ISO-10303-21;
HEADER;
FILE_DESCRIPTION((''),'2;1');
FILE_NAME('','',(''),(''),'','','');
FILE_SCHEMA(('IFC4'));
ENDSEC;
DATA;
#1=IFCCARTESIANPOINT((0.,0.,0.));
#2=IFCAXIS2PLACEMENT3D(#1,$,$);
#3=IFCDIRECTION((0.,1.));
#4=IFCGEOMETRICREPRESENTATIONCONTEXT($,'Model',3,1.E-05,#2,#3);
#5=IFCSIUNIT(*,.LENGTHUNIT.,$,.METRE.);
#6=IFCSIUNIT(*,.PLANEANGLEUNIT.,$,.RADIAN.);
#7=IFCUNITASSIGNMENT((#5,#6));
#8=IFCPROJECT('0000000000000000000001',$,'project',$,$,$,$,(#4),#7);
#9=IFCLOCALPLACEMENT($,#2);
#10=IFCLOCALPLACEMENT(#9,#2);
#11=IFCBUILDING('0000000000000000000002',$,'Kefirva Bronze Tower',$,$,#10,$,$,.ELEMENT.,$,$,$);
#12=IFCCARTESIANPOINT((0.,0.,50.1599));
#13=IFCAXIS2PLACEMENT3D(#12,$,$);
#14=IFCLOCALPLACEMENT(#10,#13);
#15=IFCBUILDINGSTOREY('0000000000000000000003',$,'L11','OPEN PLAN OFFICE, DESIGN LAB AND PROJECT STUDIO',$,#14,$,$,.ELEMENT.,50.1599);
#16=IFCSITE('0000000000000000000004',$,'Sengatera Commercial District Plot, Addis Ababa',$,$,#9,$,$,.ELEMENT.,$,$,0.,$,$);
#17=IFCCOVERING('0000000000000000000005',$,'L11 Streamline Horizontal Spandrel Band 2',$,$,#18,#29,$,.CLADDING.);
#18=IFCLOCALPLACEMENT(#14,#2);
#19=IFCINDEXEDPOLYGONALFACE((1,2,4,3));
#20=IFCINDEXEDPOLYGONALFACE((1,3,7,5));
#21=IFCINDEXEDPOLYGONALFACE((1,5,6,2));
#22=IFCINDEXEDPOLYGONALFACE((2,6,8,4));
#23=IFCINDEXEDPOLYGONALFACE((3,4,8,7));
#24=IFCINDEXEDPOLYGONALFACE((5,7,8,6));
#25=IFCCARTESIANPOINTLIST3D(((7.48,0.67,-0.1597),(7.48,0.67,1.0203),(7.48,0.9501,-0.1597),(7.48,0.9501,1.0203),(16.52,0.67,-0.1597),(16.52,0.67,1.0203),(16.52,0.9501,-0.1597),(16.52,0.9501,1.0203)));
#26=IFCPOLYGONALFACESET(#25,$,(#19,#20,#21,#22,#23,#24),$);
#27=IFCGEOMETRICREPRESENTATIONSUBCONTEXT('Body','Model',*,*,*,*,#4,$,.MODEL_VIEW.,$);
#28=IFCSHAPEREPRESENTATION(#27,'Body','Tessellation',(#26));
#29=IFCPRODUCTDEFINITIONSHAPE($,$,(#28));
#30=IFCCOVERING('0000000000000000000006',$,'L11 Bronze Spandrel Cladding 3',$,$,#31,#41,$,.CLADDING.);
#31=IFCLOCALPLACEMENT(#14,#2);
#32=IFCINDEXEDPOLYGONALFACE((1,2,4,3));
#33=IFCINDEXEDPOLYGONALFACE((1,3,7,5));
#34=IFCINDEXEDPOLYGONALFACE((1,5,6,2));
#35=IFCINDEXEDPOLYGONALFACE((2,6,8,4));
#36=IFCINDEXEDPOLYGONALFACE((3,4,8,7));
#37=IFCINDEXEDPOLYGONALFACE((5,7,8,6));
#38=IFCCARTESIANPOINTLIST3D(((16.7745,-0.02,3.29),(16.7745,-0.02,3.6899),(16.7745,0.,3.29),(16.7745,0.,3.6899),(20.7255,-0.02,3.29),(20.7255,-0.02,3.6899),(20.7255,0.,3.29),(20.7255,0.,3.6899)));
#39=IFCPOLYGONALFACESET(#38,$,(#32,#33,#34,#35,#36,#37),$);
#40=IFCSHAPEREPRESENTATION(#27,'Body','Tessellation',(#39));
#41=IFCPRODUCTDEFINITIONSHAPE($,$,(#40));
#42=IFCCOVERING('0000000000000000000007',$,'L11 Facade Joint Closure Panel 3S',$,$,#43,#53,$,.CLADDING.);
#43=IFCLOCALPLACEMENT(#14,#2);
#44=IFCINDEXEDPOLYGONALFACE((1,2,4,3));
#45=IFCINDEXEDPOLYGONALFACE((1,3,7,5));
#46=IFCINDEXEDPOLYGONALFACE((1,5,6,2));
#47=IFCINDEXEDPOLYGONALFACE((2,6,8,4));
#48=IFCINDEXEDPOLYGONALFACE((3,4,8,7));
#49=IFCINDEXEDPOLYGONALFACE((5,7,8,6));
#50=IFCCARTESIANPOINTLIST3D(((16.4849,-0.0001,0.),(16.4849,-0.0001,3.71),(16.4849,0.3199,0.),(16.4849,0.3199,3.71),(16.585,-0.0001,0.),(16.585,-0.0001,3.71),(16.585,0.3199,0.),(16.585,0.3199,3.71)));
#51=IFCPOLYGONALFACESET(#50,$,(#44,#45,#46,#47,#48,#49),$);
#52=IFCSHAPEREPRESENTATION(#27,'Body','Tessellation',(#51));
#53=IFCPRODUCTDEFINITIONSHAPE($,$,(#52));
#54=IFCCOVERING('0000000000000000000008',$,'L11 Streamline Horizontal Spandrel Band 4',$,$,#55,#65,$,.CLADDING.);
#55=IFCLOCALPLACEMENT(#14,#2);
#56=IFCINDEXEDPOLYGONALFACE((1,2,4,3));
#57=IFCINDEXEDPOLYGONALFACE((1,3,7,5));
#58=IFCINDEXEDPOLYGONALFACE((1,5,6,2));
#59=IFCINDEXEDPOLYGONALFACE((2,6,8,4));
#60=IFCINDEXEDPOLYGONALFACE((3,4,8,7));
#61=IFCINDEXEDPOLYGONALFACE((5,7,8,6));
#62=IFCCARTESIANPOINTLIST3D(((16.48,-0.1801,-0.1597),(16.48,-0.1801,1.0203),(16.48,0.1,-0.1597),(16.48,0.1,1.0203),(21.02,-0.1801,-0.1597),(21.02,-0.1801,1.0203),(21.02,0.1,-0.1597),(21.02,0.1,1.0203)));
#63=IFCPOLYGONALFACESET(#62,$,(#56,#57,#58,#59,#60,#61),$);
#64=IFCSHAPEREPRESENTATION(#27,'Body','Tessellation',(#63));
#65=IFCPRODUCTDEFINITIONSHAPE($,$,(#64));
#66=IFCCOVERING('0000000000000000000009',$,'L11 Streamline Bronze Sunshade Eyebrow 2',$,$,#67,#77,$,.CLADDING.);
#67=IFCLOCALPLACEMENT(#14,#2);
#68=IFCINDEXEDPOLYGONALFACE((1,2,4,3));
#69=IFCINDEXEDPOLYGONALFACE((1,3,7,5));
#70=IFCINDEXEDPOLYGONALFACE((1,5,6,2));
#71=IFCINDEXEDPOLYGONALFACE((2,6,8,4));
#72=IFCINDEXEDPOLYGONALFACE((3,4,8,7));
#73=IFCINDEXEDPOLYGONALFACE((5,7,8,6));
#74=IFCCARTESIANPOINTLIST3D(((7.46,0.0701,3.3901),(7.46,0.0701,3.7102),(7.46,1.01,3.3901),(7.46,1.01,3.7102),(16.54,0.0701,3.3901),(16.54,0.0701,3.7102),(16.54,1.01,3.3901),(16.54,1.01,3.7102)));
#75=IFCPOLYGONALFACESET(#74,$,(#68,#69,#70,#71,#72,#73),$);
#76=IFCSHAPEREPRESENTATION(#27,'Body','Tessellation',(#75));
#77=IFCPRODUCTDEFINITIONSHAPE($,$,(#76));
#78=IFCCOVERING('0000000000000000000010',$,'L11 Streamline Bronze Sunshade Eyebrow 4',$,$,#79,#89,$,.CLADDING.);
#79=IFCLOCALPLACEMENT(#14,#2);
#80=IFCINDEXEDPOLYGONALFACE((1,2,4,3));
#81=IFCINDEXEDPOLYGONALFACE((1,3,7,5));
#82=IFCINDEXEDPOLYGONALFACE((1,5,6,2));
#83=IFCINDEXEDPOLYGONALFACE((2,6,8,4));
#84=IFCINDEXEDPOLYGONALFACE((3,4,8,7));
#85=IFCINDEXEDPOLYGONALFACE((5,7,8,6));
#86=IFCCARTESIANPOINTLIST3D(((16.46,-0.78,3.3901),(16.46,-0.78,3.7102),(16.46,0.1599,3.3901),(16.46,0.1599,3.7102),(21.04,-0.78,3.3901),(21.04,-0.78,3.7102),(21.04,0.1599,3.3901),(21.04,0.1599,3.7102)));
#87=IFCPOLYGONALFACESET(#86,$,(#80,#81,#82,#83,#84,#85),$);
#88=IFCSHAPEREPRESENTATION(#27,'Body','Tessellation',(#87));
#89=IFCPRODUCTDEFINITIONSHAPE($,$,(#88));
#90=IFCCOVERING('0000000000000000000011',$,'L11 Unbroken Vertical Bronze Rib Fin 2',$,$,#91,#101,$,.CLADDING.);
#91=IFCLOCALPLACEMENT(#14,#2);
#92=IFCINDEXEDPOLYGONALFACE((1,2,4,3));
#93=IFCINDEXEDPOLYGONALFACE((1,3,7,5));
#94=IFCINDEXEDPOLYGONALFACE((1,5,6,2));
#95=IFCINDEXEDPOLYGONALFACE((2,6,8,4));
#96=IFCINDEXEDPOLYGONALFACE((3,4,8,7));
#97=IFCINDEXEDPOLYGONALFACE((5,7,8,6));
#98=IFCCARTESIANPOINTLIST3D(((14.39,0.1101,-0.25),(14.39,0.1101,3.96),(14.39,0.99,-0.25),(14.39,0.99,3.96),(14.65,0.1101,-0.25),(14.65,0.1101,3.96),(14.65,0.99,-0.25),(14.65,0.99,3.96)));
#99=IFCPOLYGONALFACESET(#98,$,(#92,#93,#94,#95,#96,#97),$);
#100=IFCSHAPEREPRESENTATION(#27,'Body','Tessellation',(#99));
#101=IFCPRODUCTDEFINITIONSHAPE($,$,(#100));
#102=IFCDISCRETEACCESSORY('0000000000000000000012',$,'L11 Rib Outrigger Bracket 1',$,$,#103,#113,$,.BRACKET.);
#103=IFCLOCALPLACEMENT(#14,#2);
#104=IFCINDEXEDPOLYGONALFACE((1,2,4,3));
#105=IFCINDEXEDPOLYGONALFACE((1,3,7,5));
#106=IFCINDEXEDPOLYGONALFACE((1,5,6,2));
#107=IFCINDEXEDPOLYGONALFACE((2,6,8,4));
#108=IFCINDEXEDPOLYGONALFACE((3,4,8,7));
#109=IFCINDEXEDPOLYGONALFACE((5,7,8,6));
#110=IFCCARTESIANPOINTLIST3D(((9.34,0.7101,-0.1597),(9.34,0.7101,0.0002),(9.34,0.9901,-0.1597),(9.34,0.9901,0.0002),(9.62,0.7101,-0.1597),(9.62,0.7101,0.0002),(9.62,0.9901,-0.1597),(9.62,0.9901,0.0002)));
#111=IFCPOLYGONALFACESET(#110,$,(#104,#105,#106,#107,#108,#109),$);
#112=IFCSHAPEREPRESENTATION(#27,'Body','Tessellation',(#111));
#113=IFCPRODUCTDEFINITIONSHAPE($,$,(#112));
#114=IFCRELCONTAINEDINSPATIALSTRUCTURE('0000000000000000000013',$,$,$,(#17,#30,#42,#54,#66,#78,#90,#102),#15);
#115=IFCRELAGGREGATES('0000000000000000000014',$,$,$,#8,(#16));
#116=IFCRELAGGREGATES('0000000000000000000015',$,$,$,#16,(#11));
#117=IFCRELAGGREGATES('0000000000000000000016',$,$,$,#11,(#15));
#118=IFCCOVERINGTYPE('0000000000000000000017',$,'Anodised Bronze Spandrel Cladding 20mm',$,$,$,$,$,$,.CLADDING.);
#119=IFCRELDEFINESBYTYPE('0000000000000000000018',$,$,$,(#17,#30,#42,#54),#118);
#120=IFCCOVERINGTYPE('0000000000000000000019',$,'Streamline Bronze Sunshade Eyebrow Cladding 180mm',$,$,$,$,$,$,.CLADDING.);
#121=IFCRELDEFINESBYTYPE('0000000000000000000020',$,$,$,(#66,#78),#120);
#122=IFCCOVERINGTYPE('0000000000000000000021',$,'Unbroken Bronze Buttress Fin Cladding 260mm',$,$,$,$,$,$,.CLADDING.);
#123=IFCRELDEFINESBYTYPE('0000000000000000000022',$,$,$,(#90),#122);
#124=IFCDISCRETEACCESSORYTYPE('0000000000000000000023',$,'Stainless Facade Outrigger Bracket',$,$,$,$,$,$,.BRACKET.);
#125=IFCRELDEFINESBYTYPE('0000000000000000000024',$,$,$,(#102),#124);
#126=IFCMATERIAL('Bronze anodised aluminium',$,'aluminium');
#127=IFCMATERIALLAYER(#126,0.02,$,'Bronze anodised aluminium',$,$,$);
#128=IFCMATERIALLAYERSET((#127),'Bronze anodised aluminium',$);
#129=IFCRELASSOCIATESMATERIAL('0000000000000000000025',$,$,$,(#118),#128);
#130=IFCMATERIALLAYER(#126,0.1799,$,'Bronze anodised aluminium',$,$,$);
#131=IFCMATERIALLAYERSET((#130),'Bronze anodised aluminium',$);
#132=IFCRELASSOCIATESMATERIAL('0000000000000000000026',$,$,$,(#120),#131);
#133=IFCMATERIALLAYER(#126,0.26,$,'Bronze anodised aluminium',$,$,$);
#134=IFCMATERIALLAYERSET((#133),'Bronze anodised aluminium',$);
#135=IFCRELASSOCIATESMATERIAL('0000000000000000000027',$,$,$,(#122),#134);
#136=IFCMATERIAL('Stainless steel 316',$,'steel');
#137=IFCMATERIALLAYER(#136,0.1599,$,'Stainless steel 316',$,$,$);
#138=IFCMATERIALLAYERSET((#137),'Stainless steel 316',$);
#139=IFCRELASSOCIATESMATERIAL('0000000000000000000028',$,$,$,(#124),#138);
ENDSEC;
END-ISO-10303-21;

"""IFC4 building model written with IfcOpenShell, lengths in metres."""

from ifc_helpers import new_model, si_unit, direction, frame, origin, origin_2d, place, context, subcontext, project, spatial, rectangle, extrude, material, layer, layer_set, type_object, element, save


model = new_model("IFC4")

# Units and contexts
model_context = context("Model", 3, precision=1e-05, world=origin(), true_north=direction((0.0, 1.0)))
body_context = subcontext(model_context, "Body", "Model", "MODEL_VIEW")
ifc_project = project(units=[si_unit("LENGTHUNIT", "METRE"), si_unit("PLANEANGLEUNIT", "RADIAN")], contexts=[model_context])

# Site, building, storey
site_placement = place(None, origin())
site = spatial("IfcSite", under=ifc_project, at=site_placement, Name="Sengatera Commercial District Plot, Addis Ababa", CompositionType="ELEMENT", RefElevation=0.0)
building_placement = place(site_placement, origin())
building = spatial("IfcBuilding", under=site, at=building_placement, Name="Kefirva Bronze Tower", CompositionType="ELEMENT")
storey_placement = place(building_placement, frame((0.0, 0.0, 50.1599)))
storey = spatial("IfcBuildingStorey", under=building, at=storey_placement, Name="L11", Description="OPEN PLAN OFFICE, DESIGN LAB AND PROJECT STUDIO", CompositionType="ELEMENT", Elevation=50.1599)

# Coverings
ifc_material_1 = material(Name="Bronze anodised aluminium", Category="aluminium")
ifc_layer_1 = layer(ifc_material_1, 0.02, Name="Bronze anodised aluminium")
ifc_layer_set_1 = layer_set([ifc_layer_1], Name="Bronze anodised aluminium")
covering_type_1 = type_object("IfcCoveringType", Name="Anodised Bronze Spandrel Cladding 20mm", PredefinedType="CLADDING", material=ifc_layer_set_1)
covering_1_placement = place(storey_placement, frame((12.0, 0.8101, -0.1597), z_axis=(0.0, 0.0, 1.0), x_axis=(1.0, 0.0, 0.0)))
element("IfcCovering", 1, at=covering_1_placement, inside=storey, type_object=covering_type_1, Name="L11 Streamline Horizontal Spandrel Band 2", PredefinedType="CLADDING", context=body_context, shape_type="SweptSolid", body=[
    extrude(rectangle(XDim=9.04, YDim=0.28, at=origin_2d()), origin(), (0.0, 0.0, 1.0), 1.1799),
])
covering_2_placement = place(storey_placement, frame((18.75, -0.01, 3.29), z_axis=(0.0, 0.0, 1.0), x_axis=(1.0, 0.0, 0.0)))
element("IfcCovering", 2, at=covering_2_placement, inside=storey, type_object=covering_type_1, Name="L11 Bronze Spandrel Cladding 3", PredefinedType="CLADDING", context=body_context, shape_type="SweptSolid", body=[
    extrude(rectangle(XDim=3.9509, YDim=0.02, at=origin_2d()), origin(), (0.0, 0.0, 1.0), 0.3999),
])
covering_3_placement = place(storey_placement, frame((16.5349, 0.1599, 0.0), z_axis=(0.0, 0.0, 1.0), x_axis=(1.0, 0.0, 0.0)))
element("IfcCovering", 3, at=covering_3_placement, inside=storey, type_object=covering_type_1, Name="L11 Facade Joint Closure Panel 3S", PredefinedType="CLADDING", context=body_context, shape_type="SweptSolid", body=[
    extrude(rectangle(XDim=0.1001, YDim=0.3201, at=origin_2d()), origin(), (0.0, 0.0, 1.0), 3.71),
])
covering_4_placement = place(storey_placement, frame((18.75, -0.04, -0.1597), z_axis=(0.0, 0.0, 1.0), x_axis=(1.0, 0.0, 0.0)))
element("IfcCovering", 4, at=covering_4_placement, inside=storey, type_object=covering_type_1, Name="L11 Streamline Horizontal Spandrel Band 4", PredefinedType="CLADDING", context=body_context, shape_type="SweptSolid", body=[
    extrude(rectangle(XDim=4.54, YDim=0.28, at=origin_2d()), origin(), (0.0, 0.0, 1.0), 1.1799),
])
ifc_layer_2 = layer(ifc_material_1, 0.1799, Name="Bronze anodised aluminium")
ifc_layer_set_2 = layer_set([ifc_layer_2], Name="Bronze anodised aluminium")
covering_type_2 = type_object("IfcCoveringType", Name="Streamline Bronze Sunshade Eyebrow Cladding 180mm", PredefinedType="CLADDING", material=ifc_layer_set_2)
covering_5_placement = place(storey_placement, frame((12.0, 0.54, 3.3901), z_axis=(0.0, 0.0, 1.0), x_axis=(1.0, 0.0, 0.0)))
element("IfcCovering", 5, at=covering_5_placement, inside=storey, type_object=covering_type_2, Name="L11 Streamline Bronze Sunshade Eyebrow 2", PredefinedType="CLADDING", context=body_context, shape_type="SweptSolid", body=[
    extrude(rectangle(XDim=9.0801, YDim=0.9399, at=origin_2d()), origin(), (0.0, 0.0, 1.0), 0.3201),
])
covering_6_placement = place(storey_placement, frame((18.75, -0.3101, 3.3901), z_axis=(0.0, 0.0, 1.0), x_axis=(1.0, 0.0, 0.0)))
element("IfcCovering", 6, at=covering_6_placement, inside=storey, type_object=covering_type_2, Name="L11 Streamline Bronze Sunshade Eyebrow 4", PredefinedType="CLADDING", context=body_context, shape_type="SweptSolid", body=[
    extrude(rectangle(XDim=4.5801, YDim=0.9399, at=origin_2d()), origin(), (0.0, 0.0, 1.0), 0.3201),
])
ifc_layer_3 = layer(ifc_material_1, 0.26, Name="Bronze anodised aluminium")
ifc_layer_set_3 = layer_set([ifc_layer_3], Name="Bronze anodised aluminium")
covering_type_3 = type_object("IfcCoveringType", Name="Unbroken Bronze Buttress Fin Cladding 260mm", PredefinedType="CLADDING", material=ifc_layer_set_3)
covering_7_placement = place(storey_placement, frame((14.52, 0.55, -0.25), z_axis=(0.0, 0.0, 1.0), x_axis=(1.0, 0.0, 0.0)))
element("IfcCovering", 7, at=covering_7_placement, inside=storey, type_object=covering_type_3, Name="L11 Unbroken Vertical Bronze Rib Fin 2", PredefinedType="CLADDING", context=body_context, shape_type="SweptSolid", body=[
    extrude(rectangle(XDim=0.26, YDim=0.8799, at=origin_2d()), origin(), (0.0, 0.0, 1.0), 4.21),
])

# Discrete accessory
ifc_material_2 = material(Name="Stainless steel 316", Category="steel")
ifc_layer_4 = layer(ifc_material_2, 0.1599, Name="Stainless steel 316")
ifc_layer_set_4 = layer_set([ifc_layer_4], Name="Stainless steel 316")
discrete_accessory_type = type_object("IfcDiscreteAccessoryType", Name="Stainless Facade Outrigger Bracket", PredefinedType="BRACKET", material=ifc_layer_set_4)
discrete_accessory_placement = place(storey_placement, frame((9.48, 0.8501, -0.1597), z_axis=(0.0, 0.0, 1.0), x_axis=(1.0, 0.0, 0.0)))
element("IfcDiscreteAccessory", 8, at=discrete_accessory_placement, inside=storey, type_object=discrete_accessory_type, Name="L11 Rib Outrigger Bracket 1", PredefinedType="BRACKET", context=body_context, shape_type="SweptSolid", body=[
    extrude(rectangle(XDim=0.28, YDim=0.28, at=origin_2d()), origin(), (0.0, 0.0, 1.0), 0.1599),
])

save(model, "model.ifc")
